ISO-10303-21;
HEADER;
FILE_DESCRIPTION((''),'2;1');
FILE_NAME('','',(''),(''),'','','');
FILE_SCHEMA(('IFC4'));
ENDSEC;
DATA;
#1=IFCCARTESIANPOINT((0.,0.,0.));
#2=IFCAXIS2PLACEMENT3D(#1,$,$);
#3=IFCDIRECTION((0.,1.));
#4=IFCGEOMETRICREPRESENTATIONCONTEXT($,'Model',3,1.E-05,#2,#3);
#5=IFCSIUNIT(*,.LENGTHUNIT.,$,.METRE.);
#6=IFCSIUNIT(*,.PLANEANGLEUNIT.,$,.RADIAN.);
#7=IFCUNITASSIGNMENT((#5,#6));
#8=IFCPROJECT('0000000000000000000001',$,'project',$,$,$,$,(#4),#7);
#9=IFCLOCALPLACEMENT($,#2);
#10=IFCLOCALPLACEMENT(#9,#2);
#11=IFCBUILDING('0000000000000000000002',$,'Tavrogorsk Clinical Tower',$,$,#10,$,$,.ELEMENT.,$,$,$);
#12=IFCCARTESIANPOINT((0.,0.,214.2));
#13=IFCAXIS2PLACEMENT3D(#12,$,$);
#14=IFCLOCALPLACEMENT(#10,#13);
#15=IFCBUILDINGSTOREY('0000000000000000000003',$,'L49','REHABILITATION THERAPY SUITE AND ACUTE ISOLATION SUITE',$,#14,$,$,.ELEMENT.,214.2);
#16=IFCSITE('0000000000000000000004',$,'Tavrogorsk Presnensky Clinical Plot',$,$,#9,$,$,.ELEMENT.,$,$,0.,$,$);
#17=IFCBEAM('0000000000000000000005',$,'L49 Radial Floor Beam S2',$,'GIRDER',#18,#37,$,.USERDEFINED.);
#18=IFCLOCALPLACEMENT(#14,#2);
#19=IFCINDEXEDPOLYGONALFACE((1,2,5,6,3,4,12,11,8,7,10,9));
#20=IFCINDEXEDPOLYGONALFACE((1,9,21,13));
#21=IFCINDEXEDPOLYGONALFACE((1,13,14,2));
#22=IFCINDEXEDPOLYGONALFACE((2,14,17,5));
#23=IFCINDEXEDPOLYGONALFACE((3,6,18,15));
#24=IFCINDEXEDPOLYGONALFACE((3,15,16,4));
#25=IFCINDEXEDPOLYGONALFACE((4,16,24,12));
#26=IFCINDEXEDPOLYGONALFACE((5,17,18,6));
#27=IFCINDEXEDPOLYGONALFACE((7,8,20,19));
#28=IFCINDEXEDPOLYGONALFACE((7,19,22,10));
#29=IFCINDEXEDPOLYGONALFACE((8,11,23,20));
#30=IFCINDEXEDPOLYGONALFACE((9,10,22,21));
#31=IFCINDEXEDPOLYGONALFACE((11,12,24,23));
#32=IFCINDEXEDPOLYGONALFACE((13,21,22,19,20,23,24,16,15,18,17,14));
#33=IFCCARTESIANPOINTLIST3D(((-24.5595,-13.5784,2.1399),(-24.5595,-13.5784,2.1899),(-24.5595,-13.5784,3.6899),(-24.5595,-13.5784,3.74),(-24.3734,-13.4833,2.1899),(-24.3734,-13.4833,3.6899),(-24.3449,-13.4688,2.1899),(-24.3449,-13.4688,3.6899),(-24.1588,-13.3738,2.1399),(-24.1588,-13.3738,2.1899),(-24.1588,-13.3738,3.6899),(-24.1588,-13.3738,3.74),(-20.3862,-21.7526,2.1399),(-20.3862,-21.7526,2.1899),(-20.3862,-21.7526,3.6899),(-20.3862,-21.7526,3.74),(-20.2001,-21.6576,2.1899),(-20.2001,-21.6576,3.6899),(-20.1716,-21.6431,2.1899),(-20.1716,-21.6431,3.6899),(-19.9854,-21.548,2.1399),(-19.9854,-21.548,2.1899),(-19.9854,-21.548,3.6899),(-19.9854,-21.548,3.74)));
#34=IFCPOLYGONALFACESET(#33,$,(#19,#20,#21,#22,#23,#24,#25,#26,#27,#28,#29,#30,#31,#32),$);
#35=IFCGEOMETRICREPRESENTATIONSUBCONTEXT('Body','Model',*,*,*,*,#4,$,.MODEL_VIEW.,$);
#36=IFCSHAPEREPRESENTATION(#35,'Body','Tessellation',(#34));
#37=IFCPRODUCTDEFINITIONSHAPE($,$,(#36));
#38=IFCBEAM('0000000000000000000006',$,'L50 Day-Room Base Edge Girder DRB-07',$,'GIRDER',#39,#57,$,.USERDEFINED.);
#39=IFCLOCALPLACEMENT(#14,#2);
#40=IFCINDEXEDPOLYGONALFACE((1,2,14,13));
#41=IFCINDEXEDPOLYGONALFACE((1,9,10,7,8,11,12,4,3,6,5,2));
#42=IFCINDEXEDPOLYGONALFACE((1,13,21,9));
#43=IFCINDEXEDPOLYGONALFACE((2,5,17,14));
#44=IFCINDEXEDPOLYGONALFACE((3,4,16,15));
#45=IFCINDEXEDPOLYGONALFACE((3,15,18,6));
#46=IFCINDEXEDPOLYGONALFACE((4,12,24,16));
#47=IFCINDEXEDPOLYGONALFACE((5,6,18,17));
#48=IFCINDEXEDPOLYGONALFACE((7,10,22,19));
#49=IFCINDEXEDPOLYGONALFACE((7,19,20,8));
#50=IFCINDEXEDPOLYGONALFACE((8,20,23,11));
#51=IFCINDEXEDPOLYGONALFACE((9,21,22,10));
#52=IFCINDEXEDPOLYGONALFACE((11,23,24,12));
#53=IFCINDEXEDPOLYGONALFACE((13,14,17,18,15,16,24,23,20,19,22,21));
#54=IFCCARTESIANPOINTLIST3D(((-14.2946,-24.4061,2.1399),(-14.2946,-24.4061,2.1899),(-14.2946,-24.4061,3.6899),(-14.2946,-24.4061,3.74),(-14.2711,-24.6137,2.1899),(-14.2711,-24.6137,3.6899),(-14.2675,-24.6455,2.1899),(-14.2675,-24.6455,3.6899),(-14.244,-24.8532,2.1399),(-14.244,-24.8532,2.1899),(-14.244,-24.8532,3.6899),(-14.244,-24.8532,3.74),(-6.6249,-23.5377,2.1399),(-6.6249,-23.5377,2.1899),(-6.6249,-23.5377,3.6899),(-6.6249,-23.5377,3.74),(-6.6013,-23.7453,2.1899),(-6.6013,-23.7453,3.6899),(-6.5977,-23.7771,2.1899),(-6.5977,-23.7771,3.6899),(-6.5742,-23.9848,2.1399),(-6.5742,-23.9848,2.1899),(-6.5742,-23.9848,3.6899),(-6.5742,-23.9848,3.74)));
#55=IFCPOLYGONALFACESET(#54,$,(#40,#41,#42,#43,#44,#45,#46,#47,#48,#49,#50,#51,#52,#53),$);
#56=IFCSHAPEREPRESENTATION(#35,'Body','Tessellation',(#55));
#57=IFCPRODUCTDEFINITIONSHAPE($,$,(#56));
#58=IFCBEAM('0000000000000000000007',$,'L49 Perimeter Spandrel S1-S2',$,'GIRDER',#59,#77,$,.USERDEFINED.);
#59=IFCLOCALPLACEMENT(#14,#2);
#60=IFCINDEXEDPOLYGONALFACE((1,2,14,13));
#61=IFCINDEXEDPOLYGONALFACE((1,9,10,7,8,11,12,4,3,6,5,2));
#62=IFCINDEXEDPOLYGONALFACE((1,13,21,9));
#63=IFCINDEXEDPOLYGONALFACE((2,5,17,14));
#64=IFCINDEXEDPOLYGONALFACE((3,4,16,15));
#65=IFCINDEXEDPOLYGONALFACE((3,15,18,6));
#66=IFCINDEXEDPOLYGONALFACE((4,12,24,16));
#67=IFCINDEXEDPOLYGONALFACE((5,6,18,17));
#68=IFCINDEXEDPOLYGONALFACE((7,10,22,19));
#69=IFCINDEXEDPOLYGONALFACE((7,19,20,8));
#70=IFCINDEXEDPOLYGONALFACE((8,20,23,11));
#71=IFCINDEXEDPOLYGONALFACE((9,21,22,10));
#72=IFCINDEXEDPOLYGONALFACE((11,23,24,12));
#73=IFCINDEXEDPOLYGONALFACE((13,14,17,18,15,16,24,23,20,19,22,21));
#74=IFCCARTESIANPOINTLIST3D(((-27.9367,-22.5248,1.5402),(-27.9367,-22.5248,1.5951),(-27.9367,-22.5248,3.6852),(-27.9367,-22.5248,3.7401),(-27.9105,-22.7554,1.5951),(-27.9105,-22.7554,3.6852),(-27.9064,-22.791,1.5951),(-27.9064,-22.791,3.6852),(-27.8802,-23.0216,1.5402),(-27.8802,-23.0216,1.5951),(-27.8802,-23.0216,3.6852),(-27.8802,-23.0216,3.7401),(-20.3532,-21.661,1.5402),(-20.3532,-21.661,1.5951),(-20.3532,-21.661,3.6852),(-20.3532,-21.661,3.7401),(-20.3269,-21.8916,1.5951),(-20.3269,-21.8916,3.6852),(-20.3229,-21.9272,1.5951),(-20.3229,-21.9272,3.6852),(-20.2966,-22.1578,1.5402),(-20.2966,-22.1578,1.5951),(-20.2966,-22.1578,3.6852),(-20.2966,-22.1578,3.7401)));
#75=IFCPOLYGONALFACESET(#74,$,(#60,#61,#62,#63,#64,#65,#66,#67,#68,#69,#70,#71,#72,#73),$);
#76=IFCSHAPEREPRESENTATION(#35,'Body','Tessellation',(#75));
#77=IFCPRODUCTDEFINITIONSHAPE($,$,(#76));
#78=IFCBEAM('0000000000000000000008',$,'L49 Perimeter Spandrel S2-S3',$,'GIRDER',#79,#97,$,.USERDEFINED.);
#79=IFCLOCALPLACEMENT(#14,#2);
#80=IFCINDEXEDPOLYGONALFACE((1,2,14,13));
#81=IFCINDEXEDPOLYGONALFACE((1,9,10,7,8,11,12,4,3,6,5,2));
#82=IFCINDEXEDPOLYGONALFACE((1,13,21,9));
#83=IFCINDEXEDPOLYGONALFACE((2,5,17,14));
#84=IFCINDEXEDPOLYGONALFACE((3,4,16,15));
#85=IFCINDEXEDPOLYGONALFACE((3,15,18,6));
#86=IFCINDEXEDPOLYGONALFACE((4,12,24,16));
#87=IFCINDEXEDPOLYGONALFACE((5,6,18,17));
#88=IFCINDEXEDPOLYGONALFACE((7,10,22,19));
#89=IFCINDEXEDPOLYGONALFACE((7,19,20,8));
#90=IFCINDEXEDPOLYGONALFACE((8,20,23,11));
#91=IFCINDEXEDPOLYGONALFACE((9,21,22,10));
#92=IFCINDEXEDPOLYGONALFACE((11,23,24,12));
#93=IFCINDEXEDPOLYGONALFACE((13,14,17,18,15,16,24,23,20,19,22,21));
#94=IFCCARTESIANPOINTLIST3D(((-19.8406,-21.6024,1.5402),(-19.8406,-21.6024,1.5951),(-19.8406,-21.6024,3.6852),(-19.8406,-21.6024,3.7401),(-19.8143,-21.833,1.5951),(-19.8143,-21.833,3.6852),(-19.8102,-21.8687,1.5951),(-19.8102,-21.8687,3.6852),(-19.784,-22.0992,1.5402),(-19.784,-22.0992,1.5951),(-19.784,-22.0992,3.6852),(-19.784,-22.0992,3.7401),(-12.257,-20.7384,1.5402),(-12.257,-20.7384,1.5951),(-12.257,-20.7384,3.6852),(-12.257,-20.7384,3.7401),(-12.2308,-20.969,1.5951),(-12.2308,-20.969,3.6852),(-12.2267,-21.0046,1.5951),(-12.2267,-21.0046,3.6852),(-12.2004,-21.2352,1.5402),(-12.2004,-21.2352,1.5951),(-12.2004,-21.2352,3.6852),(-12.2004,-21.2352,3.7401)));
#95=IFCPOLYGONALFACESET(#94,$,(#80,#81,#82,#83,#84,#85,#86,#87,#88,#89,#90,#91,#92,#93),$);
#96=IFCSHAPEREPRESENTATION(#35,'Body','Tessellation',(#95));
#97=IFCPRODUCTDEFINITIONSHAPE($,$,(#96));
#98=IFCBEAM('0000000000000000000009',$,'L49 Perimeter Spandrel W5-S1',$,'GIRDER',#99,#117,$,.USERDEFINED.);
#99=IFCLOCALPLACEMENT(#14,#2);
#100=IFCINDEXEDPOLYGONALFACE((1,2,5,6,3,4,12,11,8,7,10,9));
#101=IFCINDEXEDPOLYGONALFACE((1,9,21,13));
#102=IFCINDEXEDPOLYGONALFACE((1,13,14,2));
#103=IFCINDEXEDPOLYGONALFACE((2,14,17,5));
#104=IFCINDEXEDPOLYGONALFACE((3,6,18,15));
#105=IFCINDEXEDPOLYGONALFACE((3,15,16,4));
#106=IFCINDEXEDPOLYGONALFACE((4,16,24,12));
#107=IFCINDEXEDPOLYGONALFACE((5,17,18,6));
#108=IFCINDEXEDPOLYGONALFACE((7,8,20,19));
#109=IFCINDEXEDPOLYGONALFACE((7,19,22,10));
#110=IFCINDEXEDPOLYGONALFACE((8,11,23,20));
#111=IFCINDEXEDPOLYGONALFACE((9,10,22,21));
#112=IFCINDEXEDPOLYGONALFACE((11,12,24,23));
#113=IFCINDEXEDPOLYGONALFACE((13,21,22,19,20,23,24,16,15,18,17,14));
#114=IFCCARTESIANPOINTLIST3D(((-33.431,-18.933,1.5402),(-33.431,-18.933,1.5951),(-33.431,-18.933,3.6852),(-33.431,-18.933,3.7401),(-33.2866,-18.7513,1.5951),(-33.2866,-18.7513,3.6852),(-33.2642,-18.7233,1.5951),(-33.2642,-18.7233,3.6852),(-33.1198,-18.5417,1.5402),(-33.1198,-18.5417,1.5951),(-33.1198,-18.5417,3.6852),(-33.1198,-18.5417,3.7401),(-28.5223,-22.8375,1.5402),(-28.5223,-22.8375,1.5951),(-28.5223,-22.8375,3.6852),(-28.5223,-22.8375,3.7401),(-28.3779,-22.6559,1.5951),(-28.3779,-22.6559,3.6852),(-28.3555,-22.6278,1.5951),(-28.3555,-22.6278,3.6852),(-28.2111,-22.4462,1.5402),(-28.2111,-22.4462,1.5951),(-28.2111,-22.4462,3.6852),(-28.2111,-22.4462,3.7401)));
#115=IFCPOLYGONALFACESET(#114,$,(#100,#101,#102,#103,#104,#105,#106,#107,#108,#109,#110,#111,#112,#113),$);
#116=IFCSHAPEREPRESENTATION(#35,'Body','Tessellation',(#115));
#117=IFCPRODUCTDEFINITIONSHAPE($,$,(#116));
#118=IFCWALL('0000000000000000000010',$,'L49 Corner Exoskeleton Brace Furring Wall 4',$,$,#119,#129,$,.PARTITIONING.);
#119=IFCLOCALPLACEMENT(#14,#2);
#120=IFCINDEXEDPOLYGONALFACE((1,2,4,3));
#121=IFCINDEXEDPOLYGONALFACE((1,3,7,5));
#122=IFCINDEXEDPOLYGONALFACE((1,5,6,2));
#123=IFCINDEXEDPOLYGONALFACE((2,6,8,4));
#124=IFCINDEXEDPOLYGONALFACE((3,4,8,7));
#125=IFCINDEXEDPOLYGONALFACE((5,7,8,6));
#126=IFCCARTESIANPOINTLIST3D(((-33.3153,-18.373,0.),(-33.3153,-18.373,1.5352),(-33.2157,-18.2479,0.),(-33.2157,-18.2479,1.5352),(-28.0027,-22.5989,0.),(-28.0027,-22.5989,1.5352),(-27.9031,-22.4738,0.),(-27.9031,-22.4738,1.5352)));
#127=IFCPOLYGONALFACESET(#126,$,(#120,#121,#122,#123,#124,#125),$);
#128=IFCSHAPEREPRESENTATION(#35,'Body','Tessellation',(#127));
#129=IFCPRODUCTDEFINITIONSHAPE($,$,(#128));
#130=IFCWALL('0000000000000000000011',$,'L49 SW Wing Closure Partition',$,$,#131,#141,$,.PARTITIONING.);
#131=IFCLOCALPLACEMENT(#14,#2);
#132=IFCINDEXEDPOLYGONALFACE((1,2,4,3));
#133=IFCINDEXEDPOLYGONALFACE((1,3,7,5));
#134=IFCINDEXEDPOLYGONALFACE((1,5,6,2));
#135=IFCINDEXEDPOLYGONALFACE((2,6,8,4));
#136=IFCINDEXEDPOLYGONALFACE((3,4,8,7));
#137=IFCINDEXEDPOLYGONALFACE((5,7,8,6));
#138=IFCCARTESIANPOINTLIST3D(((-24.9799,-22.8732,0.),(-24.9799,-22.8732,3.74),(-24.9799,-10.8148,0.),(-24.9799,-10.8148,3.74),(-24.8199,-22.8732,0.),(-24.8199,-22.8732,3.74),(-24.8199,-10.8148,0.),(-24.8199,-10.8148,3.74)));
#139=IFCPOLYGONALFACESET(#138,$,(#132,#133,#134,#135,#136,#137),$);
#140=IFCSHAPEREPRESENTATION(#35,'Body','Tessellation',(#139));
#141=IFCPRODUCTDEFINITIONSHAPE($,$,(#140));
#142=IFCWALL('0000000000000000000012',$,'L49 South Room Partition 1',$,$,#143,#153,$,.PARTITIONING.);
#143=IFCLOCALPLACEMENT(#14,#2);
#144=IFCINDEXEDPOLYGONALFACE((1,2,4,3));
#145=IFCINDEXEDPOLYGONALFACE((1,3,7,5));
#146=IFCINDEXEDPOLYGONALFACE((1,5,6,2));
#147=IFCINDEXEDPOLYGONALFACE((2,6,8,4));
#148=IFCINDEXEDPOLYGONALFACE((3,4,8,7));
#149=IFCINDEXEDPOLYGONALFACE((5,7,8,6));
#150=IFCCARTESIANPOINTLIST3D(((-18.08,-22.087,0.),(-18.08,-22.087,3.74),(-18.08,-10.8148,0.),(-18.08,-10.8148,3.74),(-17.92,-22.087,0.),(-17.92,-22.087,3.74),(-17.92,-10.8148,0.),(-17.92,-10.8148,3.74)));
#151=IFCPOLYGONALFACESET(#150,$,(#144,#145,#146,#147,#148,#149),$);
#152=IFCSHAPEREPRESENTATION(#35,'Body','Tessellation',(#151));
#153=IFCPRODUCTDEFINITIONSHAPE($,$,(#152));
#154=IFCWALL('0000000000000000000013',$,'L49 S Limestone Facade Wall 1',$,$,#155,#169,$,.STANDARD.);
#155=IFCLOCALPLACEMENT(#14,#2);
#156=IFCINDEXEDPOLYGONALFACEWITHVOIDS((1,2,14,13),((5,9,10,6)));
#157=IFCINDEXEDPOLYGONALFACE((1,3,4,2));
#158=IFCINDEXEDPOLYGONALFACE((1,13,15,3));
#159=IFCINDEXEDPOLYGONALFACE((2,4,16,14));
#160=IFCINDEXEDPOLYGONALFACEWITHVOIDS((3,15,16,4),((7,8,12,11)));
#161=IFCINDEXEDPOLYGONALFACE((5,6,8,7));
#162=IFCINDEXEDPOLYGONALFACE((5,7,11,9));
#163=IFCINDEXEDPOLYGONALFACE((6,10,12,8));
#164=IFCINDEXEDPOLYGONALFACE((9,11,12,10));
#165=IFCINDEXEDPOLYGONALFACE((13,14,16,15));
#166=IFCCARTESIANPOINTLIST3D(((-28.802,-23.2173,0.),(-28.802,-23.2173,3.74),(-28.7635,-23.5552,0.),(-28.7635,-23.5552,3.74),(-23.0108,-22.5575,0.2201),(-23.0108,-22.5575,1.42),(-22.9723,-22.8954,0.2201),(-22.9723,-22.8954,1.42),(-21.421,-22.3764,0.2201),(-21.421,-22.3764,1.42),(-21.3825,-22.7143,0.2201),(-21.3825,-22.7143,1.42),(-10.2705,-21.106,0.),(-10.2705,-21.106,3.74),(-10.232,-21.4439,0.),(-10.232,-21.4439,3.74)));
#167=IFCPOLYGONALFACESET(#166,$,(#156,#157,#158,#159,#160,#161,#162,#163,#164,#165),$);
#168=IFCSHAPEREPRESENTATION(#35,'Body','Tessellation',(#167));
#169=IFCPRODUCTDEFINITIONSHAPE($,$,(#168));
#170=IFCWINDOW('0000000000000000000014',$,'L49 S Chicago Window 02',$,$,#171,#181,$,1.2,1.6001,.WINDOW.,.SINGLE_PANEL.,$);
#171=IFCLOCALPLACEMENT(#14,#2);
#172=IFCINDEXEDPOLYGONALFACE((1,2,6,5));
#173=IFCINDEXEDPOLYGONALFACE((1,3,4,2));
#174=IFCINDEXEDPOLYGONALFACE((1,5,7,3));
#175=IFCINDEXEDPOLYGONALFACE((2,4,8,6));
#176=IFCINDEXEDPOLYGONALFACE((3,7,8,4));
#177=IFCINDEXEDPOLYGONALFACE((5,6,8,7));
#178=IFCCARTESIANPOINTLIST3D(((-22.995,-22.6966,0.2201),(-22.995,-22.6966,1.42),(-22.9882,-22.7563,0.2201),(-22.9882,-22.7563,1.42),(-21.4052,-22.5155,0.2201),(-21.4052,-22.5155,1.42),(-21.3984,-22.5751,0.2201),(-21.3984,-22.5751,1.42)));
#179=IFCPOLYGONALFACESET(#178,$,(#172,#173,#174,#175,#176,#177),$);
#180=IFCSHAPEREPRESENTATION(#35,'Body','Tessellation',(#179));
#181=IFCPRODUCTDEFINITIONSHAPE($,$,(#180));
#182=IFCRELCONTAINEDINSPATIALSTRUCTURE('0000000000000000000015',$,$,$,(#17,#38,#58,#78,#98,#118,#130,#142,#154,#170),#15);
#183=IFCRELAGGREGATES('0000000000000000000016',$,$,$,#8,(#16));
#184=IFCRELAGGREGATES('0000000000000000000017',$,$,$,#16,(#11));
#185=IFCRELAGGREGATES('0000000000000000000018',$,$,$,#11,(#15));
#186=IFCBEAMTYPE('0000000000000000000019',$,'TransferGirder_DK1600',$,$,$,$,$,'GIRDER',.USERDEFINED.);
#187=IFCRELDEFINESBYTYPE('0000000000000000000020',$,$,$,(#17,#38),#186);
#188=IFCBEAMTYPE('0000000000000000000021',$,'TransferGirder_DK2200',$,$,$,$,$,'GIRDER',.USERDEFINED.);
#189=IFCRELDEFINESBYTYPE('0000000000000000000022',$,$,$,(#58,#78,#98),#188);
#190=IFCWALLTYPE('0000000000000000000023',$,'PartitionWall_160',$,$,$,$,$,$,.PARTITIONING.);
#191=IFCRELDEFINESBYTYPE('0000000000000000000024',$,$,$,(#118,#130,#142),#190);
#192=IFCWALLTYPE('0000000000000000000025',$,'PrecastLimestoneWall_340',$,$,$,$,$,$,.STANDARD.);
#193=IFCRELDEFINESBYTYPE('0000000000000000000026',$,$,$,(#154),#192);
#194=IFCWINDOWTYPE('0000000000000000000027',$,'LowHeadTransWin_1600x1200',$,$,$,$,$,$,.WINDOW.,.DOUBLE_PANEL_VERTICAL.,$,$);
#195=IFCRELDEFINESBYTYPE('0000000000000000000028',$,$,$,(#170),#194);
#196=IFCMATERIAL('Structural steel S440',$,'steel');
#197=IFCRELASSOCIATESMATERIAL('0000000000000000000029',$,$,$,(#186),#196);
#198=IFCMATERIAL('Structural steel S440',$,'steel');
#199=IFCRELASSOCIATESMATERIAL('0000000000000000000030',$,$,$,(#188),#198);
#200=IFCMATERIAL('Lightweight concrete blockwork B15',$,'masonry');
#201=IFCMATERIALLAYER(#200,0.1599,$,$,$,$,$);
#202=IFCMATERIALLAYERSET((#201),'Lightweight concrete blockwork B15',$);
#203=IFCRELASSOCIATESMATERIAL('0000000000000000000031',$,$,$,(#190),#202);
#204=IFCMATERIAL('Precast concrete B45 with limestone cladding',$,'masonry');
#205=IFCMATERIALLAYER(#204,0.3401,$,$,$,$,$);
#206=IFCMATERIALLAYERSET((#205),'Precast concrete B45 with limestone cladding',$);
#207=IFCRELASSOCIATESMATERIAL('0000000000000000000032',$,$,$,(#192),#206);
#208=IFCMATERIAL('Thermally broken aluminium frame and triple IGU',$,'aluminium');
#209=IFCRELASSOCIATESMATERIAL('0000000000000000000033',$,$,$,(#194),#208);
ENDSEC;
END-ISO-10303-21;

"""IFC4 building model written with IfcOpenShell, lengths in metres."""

from ifc_helpers import new_model, si_unit, direction, frame, frame_2d, origin, origin_2d, place, context, subcontext, project, spatial, rectangle, i_section, extrude, material, layer, layer_set, material_profile, profile_set, type_object, element, fill, save


model = new_model("IFC4")

# Units and contexts
model_context = context("Model", 3, precision=1e-05, world=origin(), true_north=direction((0.0, 1.0)))
body_context = subcontext(model_context, "Body", "Model", "MODEL_VIEW")
ifc_project = project(units=[si_unit("LENGTHUNIT", "METRE"), si_unit("PLANEANGLEUNIT", "RADIAN")], contexts=[model_context])

# Site, building, storey
site_placement = place(None, origin())
site = spatial("IfcSite", under=ifc_project, at=site_placement, Name="Tavrogorsk Presnensky Clinical Plot", CompositionType="ELEMENT", RefElevation=0.0)
building_placement = place(site_placement, origin())
building = spatial("IfcBuilding", under=site, at=building_placement, Name="Tavrogorsk Clinical Tower", CompositionType="ELEMENT")
storey_placement = place(building_placement, frame((0.0, 0.0, 214.2)))
storey = spatial("IfcBuildingStorey", under=building, at=storey_placement, Name="L49", Description="REHABILITATION THERAPY SUITE AND ACUTE ISOLATION SUITE", CompositionType="ELEMENT", Elevation=214.2)

# Beams
ifc_material_1 = material(Name="Structural steel S440", Category="steel")
ifc_material_profile_1 = material_profile(ifc_material_1, i_section(OverallWidth=0.45, OverallDepth=1.6001, WebThickness=0.032, FlangeThickness=0.05, at=origin_2d()), Name="DK-1600x450x32x50")
ifc_profile_set_1 = profile_set([ifc_material_profile_1], Name="Structural steel S440")
beam_type_1 = type_object("IfcBeamType", Name="TransferGirder_DK1600", ElementType="GIRDER", PredefinedType="USERDEFINED", material=ifc_profile_set_1)
beam_1_placement = place(storey_placement, frame((-24.3591, -13.4761, 2.9399), z_axis=(0.45471, -0.89064, 0.0), x_axis=(0.89064, 0.45471, 0.0)))
element("IfcBeam", 1, at=beam_1_placement, inside=storey, type_object=beam_type_1, Name="L49 Radial Floor Beam S2", ObjectType="GIRDER", PredefinedType="USERDEFINED", context=body_context, shape_type="SweptSolid", body=[
    extrude(i_section(OverallWidth=0.45, OverallDepth=1.6001, WebThickness=0.032, FlangeThickness=0.05, at=origin_2d()), origin(), (0.0, 0.0, 1.0), 9.178),
])
beam_2_placement = place(storey_placement, frame((-14.2693, -24.6296, 2.9399), z_axis=(0.993651, 0.112507, 0.0), x_axis=(-0.112507, 0.993651, 0.0)))
element("IfcBeam", 2, at=beam_2_placement, inside=storey, type_object=beam_type_1, Name="L50 Day-Room Base Edge Girder DRB-07", ObjectType="GIRDER", PredefinedType="USERDEFINED", context=body_context, shape_type="SweptSolid", body=[
    extrude(i_section(OverallWidth=0.45, OverallDepth=1.6001, WebThickness=0.032, FlangeThickness=0.05, at=origin_2d()), origin(), (0.0, 0.0, 1.0), 7.7188),
])
ifc_material_2 = material(Name="Structural steel S440", Category="steel")
ifc_material_profile_2 = material_profile(ifc_material_2, i_section(OverallWidth=0.5, OverallDepth=2.2, WebThickness=0.0359, FlangeThickness=0.0549, at=origin_2d()), Name="DK-2200x500x36x55")
ifc_profile_set_2 = profile_set([ifc_material_profile_2], Name="Structural steel S440")
beam_type_2 = type_object("IfcBeamType", Name="TransferGirder_DK2200", ElementType="GIRDER", PredefinedType="USERDEFINED", material=ifc_profile_set_2)
for number, where, z_axis, x_axis, name in (
    (3, (-27.9084, -22.7732, 2.6401), (0.993576, 0.113169, 0.0), (-0.113169, 0.993576, 0.0), "L49 Perimeter Spandrel S1-S2"),
    (4, (-19.8123, -21.8508, 2.6401), (0.993572, 0.113201, 0.0), (-0.113201, 0.993572, 0.0), "L49 Perimeter Spandrel S2-S3"),
):
    element("IfcBeam", number, at=place(storey_placement, frame(where, z_axis=z_axis, x_axis=x_axis)), inside=storey, type_object=beam_type_2, Name=name, ObjectType="GIRDER", PredefinedType="USERDEFINED", context=body_context, shape_type="SweptSolid", body=[
        extrude(i_section(OverallWidth=0.5, OverallDepth=2.2, WebThickness=0.0359, FlangeThickness=0.0549, at=origin_2d()), origin(), (0.0, 0.0, 1.0), 7.6326),
    ])
beam_3_placement = place(storey_placement, frame((-33.2754, -18.7373, 2.6401), z_axis=(0.782609, -0.622514, 0.0), x_axis=(0.622514, 0.782609, 0.0)))
element("IfcBeam", 5, at=beam_3_placement, inside=storey, type_object=beam_type_2, Name="L49 Perimeter Spandrel W5-S1", ObjectType="GIRDER", PredefinedType="USERDEFINED", context=body_context, shape_type="SweptSolid", body=[
    extrude(i_section(OverallWidth=0.5, OverallDepth=2.2, WebThickness=0.0359, FlangeThickness=0.0549, at=origin_2d()), origin(), (0.0, 0.0, 1.0), 6.2722),
])

# Walls
ifc_material_3 = material(Name="Lightweight concrete blockwork B15", Category="masonry")
ifc_layer_1 = layer(ifc_material_3, 0.1599)
ifc_layer_set_1 = layer_set([ifc_layer_1], Name="Lightweight concrete blockwork B15")
wall_type_1 = type_object("IfcWallType", Name="PartitionWall_160", PredefinedType="PARTITIONING", material=ifc_layer_set_1)
wall_1_placement = place(storey_placement, frame((-33.2654, -18.3105, 0.0), z_axis=(0.0, 0.0, 1.0), x_axis=(0.782603, -0.622522, 0.0)))
element("IfcWall", 6, at=wall_1_placement, inside=storey, type_object=wall_type_1, Name="L49 Corner Exoskeleton Brace Furring Wall 4", PredefinedType="PARTITIONING", context=body_context, shape_type="SweptSolid", body=[
    extrude(rectangle(XDim=6.7883, YDim=0.1599, at=frame_2d((3.394, 0.0))), origin(), (0.0, 0.0, 1.0), 1.5352),
])
wall_2_placement = place(storey_placement, frame((-24.8999, -22.8733, 0.0), z_axis=(0.0, 0.0, 1.0), x_axis=(0.0, 1.0, 0.0)))
element("IfcWall", 7, at=wall_2_placement, inside=storey, type_object=wall_type_1, Name="L49 SW Wing Closure Partition", PredefinedType="PARTITIONING", context=body_context, shape_type="SweptSolid", body=[
    extrude(rectangle(XDim=12.0583, YDim=0.1599, at=frame_2d((6.0293, 0.0))), origin(), (0.0, 0.0, 1.0), 3.74),
])
wall_3_placement = place(storey_placement, frame((-18.0, -22.0872, 0.0), z_axis=(0.0, 0.0, 1.0), x_axis=(0.0, 1.0, 0.0)))
element("IfcWall", 8, at=wall_3_placement, inside=storey, type_object=wall_type_1, Name="L49 South Room Partition 1", PredefinedType="PARTITIONING", context=body_context, shape_type="SweptSolid", body=[
    extrude(rectangle(XDim=11.2722, YDim=0.1599, at=frame_2d((5.6362, 0.0))), origin(), (0.0, 0.0, 1.0), 3.74),
])

# Wall, opening, window
ifc_material_4 = material(Name="Precast concrete B45 with limestone cladding", Category="masonry")
ifc_layer_2 = layer(ifc_material_4, 0.3401)
ifc_layer_set_2 = layer_set([ifc_layer_2], Name="Precast concrete B45 with limestone cladding")
wall_type_2 = type_object("IfcWallType", Name="PrecastLimestoneWall_340", PredefinedType="STANDARD", material=ifc_layer_set_2)
wall_4_placement = place(storey_placement, frame((-28.7827, -23.3862, 0.0), z_axis=(0.0, 0.0, 1.0), x_axis=(0.993572, 0.1132, 0.0)))
wall_4 = element("IfcWall", 9, at=wall_4_placement, inside=storey, type_object=wall_type_2, Name="L49 S Limestone Facade Wall 1", PredefinedType="STANDARD", context=body_context, shape_type="SweptSolid", body=[
    extrude(rectangle(XDim=18.6514, YDim=0.3401, at=frame_2d((9.3257, 0.0))), origin(), (0.0, 0.0, 1.0), 3.74),
])
opening_placement = place(wall_4_placement, frame((5.8286, 0.0, 0.22)))
opening = element("IfcOpeningElement", 10, at=opening_placement, cuts=wall_4, PredefinedType="OPENING", context=body_context, shape_type="SweptSolid", body=[
    extrude(rectangle(XDim=1.6001, YDim=1.2, at=frame_2d((0.8, 0.6001))), frame((0.0, 0.1799, 0.0), z_axis=(0.0, -1.0, 0.0), x_axis=(1.0, 0.0, 0.0)), (0.0, 0.0, 1.0), 0.3601),
])
ifc_material_5 = material(Name="Thermally broken aluminium frame and triple IGU", Category="aluminium")
window_type = type_object("IfcWindowType", Name="LowHeadTransWin_1600x1200", PartitioningType="DOUBLE_PANEL_VERTICAL", PredefinedType="WINDOW", material=ifc_material_5)
window_placement = place(opening_placement, origin())
window = element("IfcWindow", 11, at=window_placement, inside=storey, type_object=window_type, Name="L49 S Chicago Window 02", OverallHeight=1.2, OverallWidth=1.6001, PartitioningType="SINGLE_PANEL", PredefinedType="WINDOW", context=body_context, shape_type="SweptSolid", body=[
    extrude(rectangle(XDim=1.6001, YDim=1.2, at=frame_2d((0.8, 0.6001))), frame((0.0, 0.03, 0.0), z_axis=(0.0, -1.0, 0.0), x_axis=(1.0, 0.0, 0.0)), (0.0, 0.0, 1.0), 0.0601),
])
fill(opening, window)

save(model, "model.ifc")
